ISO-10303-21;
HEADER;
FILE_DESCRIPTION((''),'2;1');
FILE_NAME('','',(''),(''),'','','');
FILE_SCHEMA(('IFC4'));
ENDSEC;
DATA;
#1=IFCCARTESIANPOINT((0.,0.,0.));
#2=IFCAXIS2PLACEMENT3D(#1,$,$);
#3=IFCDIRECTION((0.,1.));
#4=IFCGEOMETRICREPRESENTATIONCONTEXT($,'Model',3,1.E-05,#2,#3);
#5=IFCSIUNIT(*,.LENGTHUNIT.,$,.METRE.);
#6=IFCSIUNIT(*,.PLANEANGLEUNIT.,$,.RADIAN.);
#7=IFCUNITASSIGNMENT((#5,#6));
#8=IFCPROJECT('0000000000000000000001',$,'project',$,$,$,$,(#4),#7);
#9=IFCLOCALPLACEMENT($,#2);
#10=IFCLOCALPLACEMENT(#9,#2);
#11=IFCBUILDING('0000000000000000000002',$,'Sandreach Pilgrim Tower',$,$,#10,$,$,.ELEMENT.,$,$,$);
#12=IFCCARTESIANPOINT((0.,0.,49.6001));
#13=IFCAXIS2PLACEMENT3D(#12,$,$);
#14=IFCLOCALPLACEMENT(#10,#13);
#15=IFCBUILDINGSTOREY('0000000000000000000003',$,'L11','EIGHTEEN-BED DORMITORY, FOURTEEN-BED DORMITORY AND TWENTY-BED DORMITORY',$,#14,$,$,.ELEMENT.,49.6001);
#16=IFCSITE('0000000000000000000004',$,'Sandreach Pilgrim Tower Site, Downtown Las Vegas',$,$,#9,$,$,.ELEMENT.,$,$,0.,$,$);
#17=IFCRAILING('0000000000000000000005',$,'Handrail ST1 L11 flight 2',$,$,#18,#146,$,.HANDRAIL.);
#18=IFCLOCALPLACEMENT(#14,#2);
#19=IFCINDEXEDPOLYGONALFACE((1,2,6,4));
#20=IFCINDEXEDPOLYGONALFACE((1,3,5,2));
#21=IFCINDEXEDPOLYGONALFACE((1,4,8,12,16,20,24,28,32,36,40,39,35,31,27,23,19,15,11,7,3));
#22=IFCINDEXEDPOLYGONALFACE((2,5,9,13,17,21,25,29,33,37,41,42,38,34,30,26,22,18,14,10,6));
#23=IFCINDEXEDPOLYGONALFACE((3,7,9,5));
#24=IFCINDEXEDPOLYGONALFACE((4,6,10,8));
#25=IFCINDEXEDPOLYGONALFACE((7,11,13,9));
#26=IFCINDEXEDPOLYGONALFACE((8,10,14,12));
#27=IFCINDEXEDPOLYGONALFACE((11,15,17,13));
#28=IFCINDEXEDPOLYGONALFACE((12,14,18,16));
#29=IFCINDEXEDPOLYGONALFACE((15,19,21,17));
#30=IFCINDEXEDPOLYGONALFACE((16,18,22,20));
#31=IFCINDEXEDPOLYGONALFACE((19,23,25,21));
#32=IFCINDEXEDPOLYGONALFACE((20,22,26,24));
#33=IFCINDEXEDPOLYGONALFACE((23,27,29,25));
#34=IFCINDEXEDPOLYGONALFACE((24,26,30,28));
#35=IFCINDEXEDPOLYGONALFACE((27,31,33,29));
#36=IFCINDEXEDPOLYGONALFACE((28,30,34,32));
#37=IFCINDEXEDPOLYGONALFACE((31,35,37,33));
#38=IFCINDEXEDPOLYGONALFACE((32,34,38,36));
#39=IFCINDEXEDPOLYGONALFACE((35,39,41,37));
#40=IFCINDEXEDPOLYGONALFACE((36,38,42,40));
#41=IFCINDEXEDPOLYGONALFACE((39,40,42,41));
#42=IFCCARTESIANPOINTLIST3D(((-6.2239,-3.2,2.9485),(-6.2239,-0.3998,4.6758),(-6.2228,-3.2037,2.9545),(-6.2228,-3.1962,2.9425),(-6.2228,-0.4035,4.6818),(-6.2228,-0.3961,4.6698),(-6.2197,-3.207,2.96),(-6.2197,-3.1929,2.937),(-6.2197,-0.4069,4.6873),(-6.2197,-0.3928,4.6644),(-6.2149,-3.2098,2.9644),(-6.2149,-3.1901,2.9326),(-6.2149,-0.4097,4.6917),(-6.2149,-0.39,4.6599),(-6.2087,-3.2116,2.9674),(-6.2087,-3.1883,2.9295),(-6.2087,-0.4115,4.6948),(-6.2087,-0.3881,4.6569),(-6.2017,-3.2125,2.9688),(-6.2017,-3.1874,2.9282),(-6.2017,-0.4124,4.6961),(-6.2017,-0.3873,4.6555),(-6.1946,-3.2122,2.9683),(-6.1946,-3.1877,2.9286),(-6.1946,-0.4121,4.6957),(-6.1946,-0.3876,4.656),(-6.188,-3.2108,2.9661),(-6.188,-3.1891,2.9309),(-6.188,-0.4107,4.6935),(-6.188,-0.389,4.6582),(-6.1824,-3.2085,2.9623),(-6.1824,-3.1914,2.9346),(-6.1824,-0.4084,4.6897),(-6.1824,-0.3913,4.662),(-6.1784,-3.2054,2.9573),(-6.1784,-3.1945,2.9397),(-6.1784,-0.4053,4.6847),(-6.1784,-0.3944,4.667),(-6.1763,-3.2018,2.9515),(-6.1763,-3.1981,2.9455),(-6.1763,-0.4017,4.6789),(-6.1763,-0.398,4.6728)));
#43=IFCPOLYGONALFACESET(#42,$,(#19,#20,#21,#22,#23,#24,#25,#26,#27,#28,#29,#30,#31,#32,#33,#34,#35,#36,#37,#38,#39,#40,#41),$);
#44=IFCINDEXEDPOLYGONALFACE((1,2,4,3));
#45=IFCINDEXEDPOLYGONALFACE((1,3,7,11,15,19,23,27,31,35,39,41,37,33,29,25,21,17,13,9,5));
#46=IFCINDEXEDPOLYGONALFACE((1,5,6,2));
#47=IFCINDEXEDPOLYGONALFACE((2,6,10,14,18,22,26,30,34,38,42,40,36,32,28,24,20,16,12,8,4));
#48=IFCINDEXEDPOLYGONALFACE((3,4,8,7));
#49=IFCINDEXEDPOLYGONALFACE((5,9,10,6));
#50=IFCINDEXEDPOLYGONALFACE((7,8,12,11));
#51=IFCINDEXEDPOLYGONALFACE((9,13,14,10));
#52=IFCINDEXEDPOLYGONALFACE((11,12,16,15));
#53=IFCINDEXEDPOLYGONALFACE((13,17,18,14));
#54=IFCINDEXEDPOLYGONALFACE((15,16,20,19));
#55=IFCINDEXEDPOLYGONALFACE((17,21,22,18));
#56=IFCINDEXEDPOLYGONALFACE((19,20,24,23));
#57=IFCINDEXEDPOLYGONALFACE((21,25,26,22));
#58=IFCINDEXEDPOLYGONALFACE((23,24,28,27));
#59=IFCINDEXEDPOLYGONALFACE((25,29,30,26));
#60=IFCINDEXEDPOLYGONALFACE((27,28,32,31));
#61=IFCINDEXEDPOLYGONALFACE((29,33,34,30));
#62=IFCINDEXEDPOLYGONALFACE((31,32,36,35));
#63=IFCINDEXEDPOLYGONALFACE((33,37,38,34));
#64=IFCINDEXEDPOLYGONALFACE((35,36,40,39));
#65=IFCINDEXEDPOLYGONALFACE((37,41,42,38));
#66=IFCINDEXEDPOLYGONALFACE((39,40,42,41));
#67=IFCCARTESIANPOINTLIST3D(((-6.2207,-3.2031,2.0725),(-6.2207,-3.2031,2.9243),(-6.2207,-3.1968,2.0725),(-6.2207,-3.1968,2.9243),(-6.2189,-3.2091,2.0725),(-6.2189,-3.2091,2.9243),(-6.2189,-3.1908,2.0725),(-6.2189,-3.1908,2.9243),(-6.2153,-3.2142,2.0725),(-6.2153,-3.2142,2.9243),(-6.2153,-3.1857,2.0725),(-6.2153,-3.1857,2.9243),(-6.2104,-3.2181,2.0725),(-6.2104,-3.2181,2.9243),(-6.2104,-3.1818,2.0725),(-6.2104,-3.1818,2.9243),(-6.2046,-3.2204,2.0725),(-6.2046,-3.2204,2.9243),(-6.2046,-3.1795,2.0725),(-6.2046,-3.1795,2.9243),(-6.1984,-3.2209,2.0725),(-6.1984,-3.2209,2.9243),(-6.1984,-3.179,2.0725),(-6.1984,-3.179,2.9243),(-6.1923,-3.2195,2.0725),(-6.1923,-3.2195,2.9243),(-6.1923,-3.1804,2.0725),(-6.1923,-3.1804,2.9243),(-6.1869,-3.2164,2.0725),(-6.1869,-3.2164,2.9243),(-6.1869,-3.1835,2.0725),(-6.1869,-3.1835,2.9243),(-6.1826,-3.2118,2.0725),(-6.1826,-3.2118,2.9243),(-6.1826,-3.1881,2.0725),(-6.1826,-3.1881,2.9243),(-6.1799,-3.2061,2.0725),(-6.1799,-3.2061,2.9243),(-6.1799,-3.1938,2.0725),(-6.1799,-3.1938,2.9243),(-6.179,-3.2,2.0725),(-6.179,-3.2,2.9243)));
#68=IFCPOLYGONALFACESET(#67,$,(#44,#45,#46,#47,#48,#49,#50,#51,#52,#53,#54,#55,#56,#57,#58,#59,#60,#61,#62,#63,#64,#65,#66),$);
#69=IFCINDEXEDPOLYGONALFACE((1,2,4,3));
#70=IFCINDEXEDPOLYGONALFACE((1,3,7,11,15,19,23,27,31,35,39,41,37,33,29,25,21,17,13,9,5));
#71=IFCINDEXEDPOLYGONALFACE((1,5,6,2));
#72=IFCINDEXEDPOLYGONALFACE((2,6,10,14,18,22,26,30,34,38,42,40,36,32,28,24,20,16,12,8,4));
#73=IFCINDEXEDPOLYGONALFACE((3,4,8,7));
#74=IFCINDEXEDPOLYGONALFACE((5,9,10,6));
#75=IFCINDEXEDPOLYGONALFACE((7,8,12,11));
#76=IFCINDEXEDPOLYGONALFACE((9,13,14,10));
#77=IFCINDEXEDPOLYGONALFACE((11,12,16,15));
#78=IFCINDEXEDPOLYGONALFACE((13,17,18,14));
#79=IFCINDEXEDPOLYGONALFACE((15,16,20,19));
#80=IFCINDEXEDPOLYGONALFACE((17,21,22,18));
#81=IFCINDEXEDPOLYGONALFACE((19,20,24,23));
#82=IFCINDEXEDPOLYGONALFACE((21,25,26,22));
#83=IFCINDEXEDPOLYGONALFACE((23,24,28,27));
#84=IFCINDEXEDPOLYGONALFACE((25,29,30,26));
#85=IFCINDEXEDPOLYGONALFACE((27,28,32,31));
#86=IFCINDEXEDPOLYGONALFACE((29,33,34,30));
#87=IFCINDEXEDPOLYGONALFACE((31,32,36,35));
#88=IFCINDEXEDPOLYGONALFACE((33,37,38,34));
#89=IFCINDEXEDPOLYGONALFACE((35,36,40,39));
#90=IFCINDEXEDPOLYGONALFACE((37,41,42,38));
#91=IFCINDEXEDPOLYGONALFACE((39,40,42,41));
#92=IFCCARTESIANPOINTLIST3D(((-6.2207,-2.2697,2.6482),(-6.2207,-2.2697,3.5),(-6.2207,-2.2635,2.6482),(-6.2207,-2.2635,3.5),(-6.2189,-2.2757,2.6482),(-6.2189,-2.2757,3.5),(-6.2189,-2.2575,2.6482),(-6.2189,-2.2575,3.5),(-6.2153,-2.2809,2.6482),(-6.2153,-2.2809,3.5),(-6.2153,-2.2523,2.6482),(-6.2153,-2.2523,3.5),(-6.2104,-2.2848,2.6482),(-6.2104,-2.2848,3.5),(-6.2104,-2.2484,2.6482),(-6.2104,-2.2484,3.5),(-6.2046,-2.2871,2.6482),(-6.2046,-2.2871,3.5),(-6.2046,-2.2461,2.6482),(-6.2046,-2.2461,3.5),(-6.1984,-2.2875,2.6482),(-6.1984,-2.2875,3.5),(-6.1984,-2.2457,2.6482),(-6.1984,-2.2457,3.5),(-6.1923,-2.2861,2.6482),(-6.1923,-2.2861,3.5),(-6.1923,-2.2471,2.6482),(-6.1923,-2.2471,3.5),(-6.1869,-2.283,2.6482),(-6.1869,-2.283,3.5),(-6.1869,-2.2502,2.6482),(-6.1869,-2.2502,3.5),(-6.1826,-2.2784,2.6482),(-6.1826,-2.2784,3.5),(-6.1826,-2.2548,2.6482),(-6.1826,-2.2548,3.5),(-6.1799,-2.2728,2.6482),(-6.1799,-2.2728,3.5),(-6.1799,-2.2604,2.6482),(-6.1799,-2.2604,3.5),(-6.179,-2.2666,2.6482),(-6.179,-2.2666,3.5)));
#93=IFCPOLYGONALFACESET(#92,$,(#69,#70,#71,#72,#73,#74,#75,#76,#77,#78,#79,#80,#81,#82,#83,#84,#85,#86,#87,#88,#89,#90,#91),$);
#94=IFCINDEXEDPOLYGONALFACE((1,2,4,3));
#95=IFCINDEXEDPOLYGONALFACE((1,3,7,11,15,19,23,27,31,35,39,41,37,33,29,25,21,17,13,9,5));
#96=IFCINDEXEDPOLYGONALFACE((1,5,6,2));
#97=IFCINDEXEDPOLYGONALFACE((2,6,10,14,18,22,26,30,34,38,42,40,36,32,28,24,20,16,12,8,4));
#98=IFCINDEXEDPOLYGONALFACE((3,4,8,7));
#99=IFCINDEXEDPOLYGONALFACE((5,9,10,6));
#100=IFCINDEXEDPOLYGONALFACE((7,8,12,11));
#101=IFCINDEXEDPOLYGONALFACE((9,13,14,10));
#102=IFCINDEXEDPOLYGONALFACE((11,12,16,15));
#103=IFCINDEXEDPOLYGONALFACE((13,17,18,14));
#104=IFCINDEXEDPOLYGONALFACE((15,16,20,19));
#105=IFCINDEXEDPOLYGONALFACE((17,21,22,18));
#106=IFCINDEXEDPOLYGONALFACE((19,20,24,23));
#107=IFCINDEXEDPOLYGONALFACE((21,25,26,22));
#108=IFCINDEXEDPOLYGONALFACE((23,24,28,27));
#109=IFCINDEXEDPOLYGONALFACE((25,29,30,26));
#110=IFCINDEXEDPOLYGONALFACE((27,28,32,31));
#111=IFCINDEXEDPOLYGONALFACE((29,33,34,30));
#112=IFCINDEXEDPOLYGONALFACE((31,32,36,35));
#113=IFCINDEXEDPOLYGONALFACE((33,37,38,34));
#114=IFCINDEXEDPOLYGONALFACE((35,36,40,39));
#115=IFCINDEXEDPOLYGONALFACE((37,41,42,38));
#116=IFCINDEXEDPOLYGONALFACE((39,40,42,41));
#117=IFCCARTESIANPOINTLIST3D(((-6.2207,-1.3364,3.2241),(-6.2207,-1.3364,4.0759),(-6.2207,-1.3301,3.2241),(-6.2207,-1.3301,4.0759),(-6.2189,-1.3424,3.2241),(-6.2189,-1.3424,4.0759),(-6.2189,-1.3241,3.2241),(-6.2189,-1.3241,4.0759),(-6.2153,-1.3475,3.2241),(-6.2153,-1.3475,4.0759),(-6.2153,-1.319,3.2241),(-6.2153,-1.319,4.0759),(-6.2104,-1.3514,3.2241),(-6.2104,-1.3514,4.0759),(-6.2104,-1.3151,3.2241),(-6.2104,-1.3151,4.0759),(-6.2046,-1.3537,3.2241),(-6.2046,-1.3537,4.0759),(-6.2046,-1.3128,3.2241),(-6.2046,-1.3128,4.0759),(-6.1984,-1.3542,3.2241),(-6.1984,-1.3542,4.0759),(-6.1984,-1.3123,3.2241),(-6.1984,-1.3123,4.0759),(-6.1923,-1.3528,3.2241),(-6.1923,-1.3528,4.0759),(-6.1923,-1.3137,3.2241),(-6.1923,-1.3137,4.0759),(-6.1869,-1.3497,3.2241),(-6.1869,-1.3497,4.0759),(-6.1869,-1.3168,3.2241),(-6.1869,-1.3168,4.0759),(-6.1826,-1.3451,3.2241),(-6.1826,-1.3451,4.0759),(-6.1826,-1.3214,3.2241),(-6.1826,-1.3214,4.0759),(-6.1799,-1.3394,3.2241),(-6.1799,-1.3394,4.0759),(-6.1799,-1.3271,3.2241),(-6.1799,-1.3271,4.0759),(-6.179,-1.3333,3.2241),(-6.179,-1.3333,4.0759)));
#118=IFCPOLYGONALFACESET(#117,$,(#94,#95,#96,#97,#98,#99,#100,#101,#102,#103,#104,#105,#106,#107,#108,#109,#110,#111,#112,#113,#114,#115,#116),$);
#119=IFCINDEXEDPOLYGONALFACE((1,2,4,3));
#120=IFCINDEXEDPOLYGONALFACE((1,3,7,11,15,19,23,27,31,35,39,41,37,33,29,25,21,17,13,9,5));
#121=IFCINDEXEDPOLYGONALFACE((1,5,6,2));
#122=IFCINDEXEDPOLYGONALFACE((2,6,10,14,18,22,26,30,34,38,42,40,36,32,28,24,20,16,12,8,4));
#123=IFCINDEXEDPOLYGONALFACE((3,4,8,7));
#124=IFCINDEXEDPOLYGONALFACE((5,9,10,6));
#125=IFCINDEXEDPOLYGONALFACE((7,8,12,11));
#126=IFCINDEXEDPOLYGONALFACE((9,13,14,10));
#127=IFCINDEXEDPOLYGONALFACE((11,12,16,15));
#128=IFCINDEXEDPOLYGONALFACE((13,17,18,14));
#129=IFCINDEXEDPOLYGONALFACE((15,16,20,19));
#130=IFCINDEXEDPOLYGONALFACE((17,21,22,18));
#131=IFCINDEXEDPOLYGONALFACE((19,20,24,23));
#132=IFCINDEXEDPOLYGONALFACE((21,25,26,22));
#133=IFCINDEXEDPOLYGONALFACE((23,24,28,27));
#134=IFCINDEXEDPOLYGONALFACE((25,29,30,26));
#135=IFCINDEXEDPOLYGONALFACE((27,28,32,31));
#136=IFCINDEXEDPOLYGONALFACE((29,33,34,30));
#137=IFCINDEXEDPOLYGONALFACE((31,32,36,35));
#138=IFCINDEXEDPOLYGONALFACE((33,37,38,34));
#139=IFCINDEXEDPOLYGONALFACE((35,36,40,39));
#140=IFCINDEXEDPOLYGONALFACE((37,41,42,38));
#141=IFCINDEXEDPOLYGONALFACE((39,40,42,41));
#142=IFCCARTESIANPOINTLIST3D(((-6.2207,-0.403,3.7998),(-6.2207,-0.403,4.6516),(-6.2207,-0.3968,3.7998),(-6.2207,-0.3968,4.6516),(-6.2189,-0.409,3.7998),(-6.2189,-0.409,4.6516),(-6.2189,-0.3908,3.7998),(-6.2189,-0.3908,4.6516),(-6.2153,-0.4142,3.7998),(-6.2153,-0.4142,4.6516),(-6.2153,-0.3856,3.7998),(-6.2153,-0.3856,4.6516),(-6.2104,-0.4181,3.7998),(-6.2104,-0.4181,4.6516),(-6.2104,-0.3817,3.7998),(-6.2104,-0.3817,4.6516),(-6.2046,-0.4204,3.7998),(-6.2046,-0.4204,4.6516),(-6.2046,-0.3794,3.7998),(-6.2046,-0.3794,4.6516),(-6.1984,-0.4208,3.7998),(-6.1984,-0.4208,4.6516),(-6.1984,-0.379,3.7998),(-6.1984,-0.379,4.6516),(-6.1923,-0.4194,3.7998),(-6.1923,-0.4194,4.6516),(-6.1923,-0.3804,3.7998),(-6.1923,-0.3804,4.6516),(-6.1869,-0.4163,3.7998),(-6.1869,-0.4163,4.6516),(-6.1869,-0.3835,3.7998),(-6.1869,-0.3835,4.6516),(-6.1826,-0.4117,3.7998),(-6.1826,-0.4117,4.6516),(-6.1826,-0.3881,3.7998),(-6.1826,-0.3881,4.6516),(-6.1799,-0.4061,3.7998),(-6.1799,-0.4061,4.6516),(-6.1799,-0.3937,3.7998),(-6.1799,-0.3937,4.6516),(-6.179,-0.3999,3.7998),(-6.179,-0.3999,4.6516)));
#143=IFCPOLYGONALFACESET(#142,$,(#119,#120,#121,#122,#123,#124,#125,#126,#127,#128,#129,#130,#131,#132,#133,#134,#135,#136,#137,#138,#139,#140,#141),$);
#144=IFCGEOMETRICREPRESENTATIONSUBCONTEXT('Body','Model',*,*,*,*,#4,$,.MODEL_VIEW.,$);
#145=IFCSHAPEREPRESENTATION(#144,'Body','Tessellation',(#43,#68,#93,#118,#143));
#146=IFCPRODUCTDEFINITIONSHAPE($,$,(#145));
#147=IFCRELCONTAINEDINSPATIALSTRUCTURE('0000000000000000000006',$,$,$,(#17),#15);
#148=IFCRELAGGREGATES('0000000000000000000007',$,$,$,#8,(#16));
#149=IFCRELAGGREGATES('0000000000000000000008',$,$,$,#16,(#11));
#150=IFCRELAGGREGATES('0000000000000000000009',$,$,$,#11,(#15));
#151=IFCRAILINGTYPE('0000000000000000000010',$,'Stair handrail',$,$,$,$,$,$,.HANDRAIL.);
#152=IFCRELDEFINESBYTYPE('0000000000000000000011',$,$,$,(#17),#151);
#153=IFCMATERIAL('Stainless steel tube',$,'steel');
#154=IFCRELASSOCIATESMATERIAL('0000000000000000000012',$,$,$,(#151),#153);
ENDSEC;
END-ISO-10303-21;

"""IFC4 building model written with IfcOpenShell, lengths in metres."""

from ifc_helpers import new_model, si_unit, direction, frame, origin, origin_2d, place, context, subcontext, project, spatial, circle, extrude, material, type_object, element, save


model = new_model("IFC4")

# Units and contexts
model_context = context("Model", 3, precision=1e-05, world=origin(), true_north=direction((0.0, 1.0)))
body_context = subcontext(model_context, "Body", "Model", "MODEL_VIEW")
ifc_project = project(units=[si_unit("LENGTHUNIT", "METRE"), si_unit("PLANEANGLEUNIT", "RADIAN")], contexts=[model_context])

# Site, building, storey
site_placement = place(None, origin())
site = spatial("IfcSite", under=ifc_project, at=site_placement, Name="Sandreach Pilgrim Tower Site, Downtown Las Vegas", CompositionType="ELEMENT", RefElevation=0.0)
building_placement = place(site_placement, origin())
building = spatial("IfcBuilding", under=site, at=building_placement, Name="Sandreach Pilgrim Tower", CompositionType="ELEMENT")
storey_placement = place(building_placement, frame((0.0, 0.0, 49.6001)))
storey = spatial("IfcBuildingStorey", under=building, at=storey_placement, Name="L11", Description="EIGHTEEN-BED DORMITORY, FOURTEEN-BED DORMITORY AND TWENTY-BED DORMITORY", CompositionType="ELEMENT", Elevation=49.6001)

# Railing
ifc_material_1 = material(Name="Stainless steel tube", Category="steel")
railing_type = type_object("IfcRailingType", Name="Stair handrail", PredefinedType="HANDRAIL", material=ifc_material_1)
for number, where, name in (
    (1, (-6.2, -3.2, 2.0725), "Handrail ST1 L11 flight 2"),
):
    element("IfcRailing", number, at=place(storey_placement, frame(where)), inside=storey, type_object=railing_type, Name=name, PredefinedType="HANDRAIL", context=body_context, shape_type="SweptSolid", body=[
        extrude(circle(Radius=0.0239, at=origin_2d()), frame((0.0, 0.0, 0.876), z_axis=(0.0, 0.85109, 0.52502), x_axis=(-1.0, 0.0, 0.0)), (0.0, 0.0, 1.0), 3.29),
        extrude(circle(Radius=0.021, at=origin_2d()), origin(), (0.0, 0.0, 1.0), 0.8518),
        extrude(circle(Radius=0.021, at=origin_2d()), frame((0.0, 0.9333, 0.5757)), (0.0, 0.0, 1.0), 0.8518),
        extrude(circle(Radius=0.021, at=origin_2d()), frame((0.0, 1.8667, 1.1516)), (0.0, 0.0, 1.0), 0.8518),
        extrude(circle(Radius=0.021, at=origin_2d()), frame((0.0, 2.8, 1.7273)), (0.0, 0.0, 1.0), 0.8518),
    ])

save(model, "model.ifc")
